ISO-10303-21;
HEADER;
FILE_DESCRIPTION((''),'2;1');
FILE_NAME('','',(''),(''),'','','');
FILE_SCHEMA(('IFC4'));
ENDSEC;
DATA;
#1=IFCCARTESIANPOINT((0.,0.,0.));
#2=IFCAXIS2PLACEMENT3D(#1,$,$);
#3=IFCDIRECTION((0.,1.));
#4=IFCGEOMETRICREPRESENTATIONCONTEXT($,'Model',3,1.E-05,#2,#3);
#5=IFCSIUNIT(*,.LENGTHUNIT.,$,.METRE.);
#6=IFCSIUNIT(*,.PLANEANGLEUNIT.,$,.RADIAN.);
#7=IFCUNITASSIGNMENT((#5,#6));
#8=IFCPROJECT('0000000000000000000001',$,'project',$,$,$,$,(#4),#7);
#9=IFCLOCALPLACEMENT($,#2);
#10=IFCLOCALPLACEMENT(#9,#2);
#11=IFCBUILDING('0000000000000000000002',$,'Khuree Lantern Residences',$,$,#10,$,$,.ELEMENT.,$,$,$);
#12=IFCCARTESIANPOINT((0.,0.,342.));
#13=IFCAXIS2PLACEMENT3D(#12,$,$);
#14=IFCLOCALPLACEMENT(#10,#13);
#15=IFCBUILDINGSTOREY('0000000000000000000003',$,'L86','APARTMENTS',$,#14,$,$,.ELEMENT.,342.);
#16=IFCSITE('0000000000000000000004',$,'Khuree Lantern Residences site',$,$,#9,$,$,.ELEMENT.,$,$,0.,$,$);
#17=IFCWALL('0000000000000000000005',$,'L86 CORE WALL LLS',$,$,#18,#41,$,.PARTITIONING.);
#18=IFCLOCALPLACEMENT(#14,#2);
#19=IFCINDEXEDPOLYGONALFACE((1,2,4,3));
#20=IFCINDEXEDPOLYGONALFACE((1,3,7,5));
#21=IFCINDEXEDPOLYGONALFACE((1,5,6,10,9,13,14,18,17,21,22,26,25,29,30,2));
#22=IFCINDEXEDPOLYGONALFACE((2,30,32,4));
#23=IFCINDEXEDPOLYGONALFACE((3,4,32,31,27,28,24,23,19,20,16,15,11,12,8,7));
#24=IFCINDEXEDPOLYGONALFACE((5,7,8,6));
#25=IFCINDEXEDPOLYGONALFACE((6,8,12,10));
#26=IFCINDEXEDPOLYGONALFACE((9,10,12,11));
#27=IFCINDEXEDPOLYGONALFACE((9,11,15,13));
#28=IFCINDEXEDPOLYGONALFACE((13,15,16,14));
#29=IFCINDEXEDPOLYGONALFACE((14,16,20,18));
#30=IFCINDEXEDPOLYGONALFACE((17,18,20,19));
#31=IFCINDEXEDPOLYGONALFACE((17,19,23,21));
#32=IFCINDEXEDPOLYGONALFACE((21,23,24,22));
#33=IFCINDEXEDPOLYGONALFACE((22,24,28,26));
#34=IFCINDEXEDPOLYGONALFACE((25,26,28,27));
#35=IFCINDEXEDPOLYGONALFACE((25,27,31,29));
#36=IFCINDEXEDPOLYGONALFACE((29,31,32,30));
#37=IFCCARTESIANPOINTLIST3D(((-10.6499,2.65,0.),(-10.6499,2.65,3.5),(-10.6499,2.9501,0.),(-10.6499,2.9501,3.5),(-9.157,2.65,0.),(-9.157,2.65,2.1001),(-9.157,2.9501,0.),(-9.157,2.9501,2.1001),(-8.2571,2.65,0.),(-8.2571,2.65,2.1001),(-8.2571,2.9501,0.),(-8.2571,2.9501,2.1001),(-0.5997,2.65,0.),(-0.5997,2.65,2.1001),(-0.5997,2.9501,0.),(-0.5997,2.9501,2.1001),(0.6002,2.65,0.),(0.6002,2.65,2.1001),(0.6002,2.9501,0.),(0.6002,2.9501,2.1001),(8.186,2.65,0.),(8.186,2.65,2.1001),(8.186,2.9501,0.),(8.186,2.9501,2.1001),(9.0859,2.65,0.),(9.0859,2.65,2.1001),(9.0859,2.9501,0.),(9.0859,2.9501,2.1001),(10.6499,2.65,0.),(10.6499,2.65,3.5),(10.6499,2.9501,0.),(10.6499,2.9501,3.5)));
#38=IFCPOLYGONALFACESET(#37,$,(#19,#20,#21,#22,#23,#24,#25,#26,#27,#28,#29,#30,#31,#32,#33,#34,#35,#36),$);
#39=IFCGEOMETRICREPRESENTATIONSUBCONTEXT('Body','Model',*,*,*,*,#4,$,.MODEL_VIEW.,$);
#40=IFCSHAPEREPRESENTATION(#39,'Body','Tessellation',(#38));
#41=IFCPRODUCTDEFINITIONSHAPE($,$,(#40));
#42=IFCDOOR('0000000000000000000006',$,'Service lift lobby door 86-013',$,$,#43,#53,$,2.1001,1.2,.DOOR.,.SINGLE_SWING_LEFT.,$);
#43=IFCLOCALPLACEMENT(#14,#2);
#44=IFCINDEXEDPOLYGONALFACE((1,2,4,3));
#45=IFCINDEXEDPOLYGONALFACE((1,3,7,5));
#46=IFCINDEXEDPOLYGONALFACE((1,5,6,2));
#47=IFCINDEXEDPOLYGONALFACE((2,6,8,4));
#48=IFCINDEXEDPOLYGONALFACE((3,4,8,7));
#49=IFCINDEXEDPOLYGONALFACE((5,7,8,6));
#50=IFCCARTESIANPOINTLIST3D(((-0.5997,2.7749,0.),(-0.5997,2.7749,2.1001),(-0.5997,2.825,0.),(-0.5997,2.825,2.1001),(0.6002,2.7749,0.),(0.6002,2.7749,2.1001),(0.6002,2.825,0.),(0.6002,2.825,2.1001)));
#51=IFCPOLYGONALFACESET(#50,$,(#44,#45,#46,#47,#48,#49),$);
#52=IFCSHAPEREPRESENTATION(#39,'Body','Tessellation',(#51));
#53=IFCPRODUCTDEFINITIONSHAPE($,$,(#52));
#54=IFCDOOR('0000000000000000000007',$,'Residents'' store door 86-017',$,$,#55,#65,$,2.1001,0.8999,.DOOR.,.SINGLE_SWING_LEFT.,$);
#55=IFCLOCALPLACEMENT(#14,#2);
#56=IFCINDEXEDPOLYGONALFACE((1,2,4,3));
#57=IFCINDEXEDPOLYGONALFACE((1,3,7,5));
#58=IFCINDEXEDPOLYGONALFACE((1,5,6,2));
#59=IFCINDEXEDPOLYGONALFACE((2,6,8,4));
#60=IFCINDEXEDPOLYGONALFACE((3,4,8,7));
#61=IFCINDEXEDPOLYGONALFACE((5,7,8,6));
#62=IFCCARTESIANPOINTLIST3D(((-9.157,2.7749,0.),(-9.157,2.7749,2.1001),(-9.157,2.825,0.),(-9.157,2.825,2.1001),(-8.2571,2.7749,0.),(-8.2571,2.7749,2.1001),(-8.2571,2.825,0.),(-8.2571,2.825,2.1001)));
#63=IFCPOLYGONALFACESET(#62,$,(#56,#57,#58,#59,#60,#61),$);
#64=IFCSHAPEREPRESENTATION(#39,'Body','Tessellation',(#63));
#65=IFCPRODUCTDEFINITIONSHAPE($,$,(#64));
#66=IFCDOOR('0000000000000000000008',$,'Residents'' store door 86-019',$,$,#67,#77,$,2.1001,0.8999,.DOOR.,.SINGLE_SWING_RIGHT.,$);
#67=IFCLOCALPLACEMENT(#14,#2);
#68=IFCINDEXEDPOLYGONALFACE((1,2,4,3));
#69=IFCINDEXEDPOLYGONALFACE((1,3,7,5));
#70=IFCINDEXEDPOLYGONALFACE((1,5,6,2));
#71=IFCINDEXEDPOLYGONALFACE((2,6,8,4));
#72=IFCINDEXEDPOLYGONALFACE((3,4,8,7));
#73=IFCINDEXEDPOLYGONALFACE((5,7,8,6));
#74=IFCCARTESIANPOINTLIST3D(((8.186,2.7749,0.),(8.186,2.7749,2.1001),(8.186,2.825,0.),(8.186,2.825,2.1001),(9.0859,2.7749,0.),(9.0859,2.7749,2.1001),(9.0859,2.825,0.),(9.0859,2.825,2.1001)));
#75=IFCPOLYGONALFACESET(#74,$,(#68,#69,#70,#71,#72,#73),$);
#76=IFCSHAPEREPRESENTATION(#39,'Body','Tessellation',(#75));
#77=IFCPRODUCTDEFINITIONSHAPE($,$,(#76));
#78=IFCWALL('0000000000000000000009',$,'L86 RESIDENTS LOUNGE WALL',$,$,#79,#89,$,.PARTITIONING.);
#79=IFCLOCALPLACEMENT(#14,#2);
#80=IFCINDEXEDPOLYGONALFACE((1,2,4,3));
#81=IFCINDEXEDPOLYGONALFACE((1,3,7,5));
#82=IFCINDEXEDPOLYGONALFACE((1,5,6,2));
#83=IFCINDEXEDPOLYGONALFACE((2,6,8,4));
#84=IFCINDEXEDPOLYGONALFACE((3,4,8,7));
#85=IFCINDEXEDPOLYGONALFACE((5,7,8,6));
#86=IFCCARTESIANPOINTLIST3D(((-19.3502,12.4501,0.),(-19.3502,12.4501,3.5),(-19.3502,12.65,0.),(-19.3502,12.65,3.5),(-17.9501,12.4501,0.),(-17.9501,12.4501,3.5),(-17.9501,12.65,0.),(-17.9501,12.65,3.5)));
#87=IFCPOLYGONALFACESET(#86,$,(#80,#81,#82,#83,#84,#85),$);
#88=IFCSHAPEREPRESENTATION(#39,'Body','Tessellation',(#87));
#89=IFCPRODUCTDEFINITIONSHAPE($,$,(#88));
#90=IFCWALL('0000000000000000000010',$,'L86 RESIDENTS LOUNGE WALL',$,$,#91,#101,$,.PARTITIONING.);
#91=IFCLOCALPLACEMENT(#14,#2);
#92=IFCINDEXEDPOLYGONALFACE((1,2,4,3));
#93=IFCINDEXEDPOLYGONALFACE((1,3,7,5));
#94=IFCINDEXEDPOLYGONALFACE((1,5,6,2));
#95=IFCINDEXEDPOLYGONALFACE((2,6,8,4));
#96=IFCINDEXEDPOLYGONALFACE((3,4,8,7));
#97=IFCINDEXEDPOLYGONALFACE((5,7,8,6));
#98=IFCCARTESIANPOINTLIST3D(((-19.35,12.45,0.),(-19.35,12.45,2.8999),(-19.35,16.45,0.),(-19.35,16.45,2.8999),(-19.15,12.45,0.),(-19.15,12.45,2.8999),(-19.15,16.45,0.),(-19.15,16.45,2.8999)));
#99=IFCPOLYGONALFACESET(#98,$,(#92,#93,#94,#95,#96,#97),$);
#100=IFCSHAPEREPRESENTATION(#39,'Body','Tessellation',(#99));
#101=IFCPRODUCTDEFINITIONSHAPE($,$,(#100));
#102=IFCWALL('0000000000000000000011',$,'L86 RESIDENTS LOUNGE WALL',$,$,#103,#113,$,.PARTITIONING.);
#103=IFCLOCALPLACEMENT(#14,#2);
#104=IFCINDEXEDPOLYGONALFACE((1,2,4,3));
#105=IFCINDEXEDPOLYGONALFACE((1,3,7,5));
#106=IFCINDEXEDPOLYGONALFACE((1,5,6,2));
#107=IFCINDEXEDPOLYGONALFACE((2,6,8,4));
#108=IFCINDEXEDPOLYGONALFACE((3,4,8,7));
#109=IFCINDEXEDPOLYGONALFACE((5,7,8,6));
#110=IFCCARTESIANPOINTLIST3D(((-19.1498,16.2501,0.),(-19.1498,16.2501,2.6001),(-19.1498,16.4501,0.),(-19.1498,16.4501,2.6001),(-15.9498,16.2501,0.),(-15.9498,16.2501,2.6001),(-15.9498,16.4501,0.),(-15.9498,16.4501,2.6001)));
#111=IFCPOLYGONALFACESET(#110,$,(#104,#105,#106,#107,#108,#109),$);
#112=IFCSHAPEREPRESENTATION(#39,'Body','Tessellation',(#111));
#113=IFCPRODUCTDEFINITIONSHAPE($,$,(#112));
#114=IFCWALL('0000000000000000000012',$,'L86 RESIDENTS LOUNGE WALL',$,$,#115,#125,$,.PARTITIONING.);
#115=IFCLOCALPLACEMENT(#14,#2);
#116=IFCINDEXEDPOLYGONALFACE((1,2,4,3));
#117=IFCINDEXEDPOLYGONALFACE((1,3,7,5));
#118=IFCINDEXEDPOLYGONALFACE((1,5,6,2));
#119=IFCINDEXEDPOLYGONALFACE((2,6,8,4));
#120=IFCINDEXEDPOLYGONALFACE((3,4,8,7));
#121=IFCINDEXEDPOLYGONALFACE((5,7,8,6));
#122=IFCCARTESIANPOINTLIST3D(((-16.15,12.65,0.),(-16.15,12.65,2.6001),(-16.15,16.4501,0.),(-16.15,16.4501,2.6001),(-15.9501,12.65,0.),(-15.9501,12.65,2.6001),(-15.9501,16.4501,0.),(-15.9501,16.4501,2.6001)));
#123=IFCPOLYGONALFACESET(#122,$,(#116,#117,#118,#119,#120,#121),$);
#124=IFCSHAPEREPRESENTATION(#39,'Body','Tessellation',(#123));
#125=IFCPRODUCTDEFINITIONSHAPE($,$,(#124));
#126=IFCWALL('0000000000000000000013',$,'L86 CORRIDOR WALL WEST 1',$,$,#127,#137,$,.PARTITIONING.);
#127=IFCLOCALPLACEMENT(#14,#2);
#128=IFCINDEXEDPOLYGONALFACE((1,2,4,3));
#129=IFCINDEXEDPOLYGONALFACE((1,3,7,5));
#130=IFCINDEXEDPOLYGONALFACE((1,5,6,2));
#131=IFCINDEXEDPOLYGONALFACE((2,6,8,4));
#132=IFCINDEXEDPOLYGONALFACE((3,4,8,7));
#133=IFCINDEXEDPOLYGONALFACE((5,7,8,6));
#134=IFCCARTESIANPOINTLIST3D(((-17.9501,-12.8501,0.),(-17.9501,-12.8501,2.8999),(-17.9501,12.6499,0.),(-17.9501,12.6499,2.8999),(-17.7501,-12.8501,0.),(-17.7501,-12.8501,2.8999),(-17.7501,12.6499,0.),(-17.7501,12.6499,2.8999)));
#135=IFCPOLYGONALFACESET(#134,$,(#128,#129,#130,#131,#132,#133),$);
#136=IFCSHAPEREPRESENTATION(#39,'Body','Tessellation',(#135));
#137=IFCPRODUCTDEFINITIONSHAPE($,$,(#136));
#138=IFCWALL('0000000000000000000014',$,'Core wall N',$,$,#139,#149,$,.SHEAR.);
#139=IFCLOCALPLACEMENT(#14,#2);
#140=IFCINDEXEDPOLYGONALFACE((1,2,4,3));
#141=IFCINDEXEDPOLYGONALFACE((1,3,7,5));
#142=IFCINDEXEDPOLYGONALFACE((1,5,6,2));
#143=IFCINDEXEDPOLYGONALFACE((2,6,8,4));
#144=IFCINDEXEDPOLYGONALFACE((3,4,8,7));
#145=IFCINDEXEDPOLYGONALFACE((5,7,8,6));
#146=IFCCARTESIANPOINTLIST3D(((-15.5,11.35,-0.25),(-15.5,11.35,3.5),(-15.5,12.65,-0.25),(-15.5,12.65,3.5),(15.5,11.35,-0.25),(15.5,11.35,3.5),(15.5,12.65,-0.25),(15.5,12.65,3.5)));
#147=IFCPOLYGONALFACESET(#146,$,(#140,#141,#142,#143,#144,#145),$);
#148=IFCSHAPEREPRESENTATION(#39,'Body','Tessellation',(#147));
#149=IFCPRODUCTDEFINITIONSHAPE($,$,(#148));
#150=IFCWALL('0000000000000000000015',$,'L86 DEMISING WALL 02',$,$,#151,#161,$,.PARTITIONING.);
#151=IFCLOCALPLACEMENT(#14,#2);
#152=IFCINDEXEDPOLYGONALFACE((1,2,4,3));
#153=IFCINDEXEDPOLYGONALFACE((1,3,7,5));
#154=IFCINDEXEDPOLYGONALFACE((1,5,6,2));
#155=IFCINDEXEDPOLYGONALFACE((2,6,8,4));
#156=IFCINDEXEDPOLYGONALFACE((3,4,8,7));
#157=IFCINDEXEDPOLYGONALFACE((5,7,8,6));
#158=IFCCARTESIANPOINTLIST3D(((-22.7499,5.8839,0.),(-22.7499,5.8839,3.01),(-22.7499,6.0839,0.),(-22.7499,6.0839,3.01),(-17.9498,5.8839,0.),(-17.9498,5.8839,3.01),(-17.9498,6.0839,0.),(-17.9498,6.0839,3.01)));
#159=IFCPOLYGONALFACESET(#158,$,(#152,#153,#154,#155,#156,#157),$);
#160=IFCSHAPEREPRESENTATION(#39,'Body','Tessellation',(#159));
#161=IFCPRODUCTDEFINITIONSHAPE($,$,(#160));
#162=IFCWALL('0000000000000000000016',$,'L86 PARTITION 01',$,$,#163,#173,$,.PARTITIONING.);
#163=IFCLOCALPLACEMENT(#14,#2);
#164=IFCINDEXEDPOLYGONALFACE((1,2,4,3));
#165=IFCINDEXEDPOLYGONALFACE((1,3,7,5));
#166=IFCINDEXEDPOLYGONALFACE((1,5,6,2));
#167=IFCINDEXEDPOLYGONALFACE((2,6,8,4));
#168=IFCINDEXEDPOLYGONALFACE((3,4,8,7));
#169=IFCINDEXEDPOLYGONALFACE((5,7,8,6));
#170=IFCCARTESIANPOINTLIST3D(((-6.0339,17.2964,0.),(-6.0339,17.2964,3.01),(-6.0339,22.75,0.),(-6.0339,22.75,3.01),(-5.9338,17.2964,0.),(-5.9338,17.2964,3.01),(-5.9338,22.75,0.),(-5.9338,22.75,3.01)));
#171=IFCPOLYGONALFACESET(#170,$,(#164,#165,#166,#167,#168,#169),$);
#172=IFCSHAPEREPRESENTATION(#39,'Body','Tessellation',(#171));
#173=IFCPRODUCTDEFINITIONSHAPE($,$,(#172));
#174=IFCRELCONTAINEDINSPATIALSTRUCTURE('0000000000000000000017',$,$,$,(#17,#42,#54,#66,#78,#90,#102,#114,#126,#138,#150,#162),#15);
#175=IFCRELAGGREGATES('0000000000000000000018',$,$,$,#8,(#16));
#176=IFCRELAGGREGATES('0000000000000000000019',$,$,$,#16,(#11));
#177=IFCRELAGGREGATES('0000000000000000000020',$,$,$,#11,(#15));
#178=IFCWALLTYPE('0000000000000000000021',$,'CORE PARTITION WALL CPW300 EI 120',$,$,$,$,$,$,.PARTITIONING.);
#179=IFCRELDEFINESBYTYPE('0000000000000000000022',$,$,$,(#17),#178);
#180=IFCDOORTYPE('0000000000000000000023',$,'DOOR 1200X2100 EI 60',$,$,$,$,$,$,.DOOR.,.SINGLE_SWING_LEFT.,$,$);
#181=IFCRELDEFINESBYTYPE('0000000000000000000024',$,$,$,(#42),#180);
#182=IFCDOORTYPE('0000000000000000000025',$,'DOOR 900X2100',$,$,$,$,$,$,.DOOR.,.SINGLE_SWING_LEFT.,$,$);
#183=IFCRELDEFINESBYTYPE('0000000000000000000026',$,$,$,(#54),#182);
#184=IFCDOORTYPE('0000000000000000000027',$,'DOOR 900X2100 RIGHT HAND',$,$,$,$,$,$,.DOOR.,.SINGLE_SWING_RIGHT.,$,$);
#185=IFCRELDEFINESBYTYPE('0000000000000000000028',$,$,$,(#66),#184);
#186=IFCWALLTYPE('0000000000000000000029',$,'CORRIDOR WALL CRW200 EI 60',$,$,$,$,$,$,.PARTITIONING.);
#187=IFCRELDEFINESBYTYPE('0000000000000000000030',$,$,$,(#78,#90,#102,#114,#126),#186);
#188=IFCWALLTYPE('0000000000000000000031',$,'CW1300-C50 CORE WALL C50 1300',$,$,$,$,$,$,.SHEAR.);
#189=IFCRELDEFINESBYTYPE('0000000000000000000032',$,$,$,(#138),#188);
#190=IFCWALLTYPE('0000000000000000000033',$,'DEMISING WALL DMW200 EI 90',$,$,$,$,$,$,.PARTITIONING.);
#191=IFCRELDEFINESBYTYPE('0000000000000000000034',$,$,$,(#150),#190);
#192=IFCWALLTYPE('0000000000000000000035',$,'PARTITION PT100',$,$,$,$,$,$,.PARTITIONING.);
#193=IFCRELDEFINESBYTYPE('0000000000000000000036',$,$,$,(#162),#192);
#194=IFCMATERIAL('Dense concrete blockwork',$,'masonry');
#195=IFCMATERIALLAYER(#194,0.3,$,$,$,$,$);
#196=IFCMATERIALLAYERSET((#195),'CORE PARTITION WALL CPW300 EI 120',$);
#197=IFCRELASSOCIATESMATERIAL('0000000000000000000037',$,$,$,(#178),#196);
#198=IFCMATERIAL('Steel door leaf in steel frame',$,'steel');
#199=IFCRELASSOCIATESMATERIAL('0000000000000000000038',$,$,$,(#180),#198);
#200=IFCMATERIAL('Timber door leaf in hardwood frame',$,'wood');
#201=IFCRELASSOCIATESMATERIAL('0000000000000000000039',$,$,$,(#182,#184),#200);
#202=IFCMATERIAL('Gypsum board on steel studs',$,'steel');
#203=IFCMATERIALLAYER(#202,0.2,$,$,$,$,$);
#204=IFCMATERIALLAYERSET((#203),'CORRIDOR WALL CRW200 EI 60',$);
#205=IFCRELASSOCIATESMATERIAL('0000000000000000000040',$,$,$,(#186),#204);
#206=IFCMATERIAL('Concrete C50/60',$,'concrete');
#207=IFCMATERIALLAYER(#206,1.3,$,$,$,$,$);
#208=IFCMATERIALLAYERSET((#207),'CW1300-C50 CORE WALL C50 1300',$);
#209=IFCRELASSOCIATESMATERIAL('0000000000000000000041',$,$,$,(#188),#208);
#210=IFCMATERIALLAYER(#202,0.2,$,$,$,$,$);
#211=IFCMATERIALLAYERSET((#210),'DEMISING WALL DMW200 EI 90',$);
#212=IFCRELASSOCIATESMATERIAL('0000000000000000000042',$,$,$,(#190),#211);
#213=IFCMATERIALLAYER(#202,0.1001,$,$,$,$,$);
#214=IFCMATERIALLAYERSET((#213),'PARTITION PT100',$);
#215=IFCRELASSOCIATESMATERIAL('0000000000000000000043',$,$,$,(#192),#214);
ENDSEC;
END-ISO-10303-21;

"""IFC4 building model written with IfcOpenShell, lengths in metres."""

from ifc_helpers import new_model, si_unit, direction, frame, frame_2d, origin, place, context, subcontext, project, spatial, rectangle, extrude, material, layer, layer_set, type_object, element, fill, save


model = new_model("IFC4")

# Units and contexts
model_context = context("Model", 3, precision=1e-05, world=origin(), true_north=direction((0.0, 1.0)))
body_context = subcontext(model_context, "Body", "Model", "MODEL_VIEW")
ifc_project = project(units=[si_unit("LENGTHUNIT", "METRE"), si_unit("PLANEANGLEUNIT", "RADIAN")], contexts=[model_context])

# Site, building, storey
site_placement = place(None, origin())
site = spatial("IfcSite", under=ifc_project, at=site_placement, Name="Khuree Lantern Residences site", CompositionType="ELEMENT", RefElevation=0.0)
building_placement = place(site_placement, origin())
building = spatial("IfcBuilding", under=site, at=building_placement, Name="Khuree Lantern Residences", CompositionType="ELEMENT")
storey_placement = place(building_placement, frame((0.0, 0.0, 342.0)))
storey = spatial("IfcBuildingStorey", under=building, at=storey_placement, Name="L86", Description="APARTMENTS", CompositionType="ELEMENT", Elevation=342.0)

# Shared definitions
ifc_material_1 = material(Name="Concrete C50/60", Category="concrete")

# Shared definitions
ifc_material_2 = material(Name="Dense concrete blockwork", Category="masonry")
ifc_layer_1 = layer(ifc_material_2, 0.3)
ifc_layer_set_1 = layer_set([ifc_layer_1], Name="CORE PARTITION WALL CPW300 EI 120")
wall_type_1 = type_object("IfcWallType", Name="CORE PARTITION WALL CPW300 EI 120", PredefinedType="PARTITIONING", material=ifc_layer_set_1)

# Wall, openings, doors
wall_1_placement = place(storey_placement, frame((-10.6499, 2.8, 0.0), z_axis=(0.0, 0.0, 1.0), x_axis=(1.0, 0.0, 0.0)))
wall_1 = element("IfcWall", 1, at=wall_1_placement, inside=storey, type_object=wall_type_1, Name="L86 CORE WALL LLS", PredefinedType="PARTITIONING", context=body_context, shape_type="SweptSolid", body=[
    extrude(rectangle(XDim=21.2998, YDim=0.3, at=frame_2d((10.6499, 0.0))), origin(), (0.0, 0.0, 1.0), 3.5),
])
opening_1_placement = place(wall_1_placement, frame((10.05, 0.0, 0.0)))
opening_1 = element("IfcOpeningElement", 2, at=opening_1_placement, cuts=wall_1, PredefinedType="OPENING", context=body_context, shape_type="SweptSolid", body=[
    extrude(rectangle(XDim=1.2, YDim=2.1001, at=frame_2d((0.6001, 1.05))), frame((0.0, 0.1602, 0.0), z_axis=(0.0, -1.0, 0.0), x_axis=(1.0, 0.0, 0.0)), (0.0, 0.0, 1.0), 0.3201),
])
opening_2_placement = place(wall_1_placement, frame((1.4929, 0.0, 0.0)))
opening_2 = element("IfcOpeningElement", 3, at=opening_2_placement, cuts=wall_1, PredefinedType="OPENING", context=body_context, shape_type="SweptSolid", body=[
    extrude(rectangle(XDim=0.8999, YDim=2.1001, at=frame_2d((0.45, 1.05))), frame((0.0, 0.1602, 0.0), z_axis=(0.0, -1.0, 0.0), x_axis=(1.0, 0.0, 0.0)), (0.0, 0.0, 1.0), 0.3201),
])
opening_3_placement = place(wall_1_placement, frame((18.8359, 0.0, 0.0)))
opening_3 = element("IfcOpeningElement", 4, at=opening_3_placement, cuts=wall_1, PredefinedType="OPENING", context=body_context, shape_type="SweptSolid", body=[
    extrude(rectangle(XDim=0.8999, YDim=2.1001, at=frame_2d((0.45, 1.05))), frame((0.0, 0.1602, 0.0), z_axis=(0.0, -1.0, 0.0), x_axis=(1.0, 0.0, 0.0)), (0.0, 0.0, 1.0), 0.3201),
])
ifc_material_3 = material(Name="Steel door leaf in steel frame", Category="steel")
door_type_1 = type_object("IfcDoorType", Name="DOOR 1200X2100 EI 60", OperationType="SINGLE_SWING_LEFT", PredefinedType="DOOR", material=ifc_material_3)
door_1_placement = place(opening_1_placement, origin())
door_1 = element("IfcDoor", 5, at=door_1_placement, inside=storey, type_object=door_type_1, Name="Service lift lobby door 86-013", OperationType="SINGLE_SWING_LEFT", OverallHeight=2.1001, OverallWidth=1.2, PredefinedType="DOOR", context=body_context, shape_type="SweptSolid", body=[
    extrude(rectangle(XDim=1.2, YDim=2.1001, at=frame_2d((0.6001, 1.05))), frame((0.0, 0.0249, 0.0), z_axis=(0.0, -1.0, 0.0), x_axis=(1.0, 0.0, 0.0)), (0.0, 0.0, 1.0), 0.05),
])
fill(opening_1, door_1)
ifc_material_4 = material(Name="Timber door leaf in hardwood frame", Category="wood")
door_type_2 = type_object("IfcDoorType", Name="DOOR 900X2100", OperationType="SINGLE_SWING_LEFT", PredefinedType="DOOR", material=ifc_material_4)
door_2_placement = place(opening_2_placement, origin())
door_2 = element("IfcDoor", 6, at=door_2_placement, inside=storey, type_object=door_type_2, Name="Residents' store door 86-017", OperationType="SINGLE_SWING_LEFT", OverallHeight=2.1001, OverallWidth=0.8999, PredefinedType="DOOR", context=body_context, shape_type="SweptSolid", body=[
    extrude(rectangle(XDim=0.8999, YDim=2.1001, at=frame_2d((0.45, 1.05))), frame((0.0, 0.0249, 0.0), z_axis=(0.0, -1.0, 0.0), x_axis=(1.0, 0.0, 0.0)), (0.0, 0.0, 1.0), 0.05),
])
fill(opening_2, door_2)
door_type_3 = type_object("IfcDoorType", Name="DOOR 900X2100 RIGHT HAND", OperationType="SINGLE_SWING_RIGHT", PredefinedType="DOOR", material=ifc_material_4)
door_3_placement = place(opening_3_placement, origin())
door_3 = element("IfcDoor", 7, at=door_3_placement, inside=storey, type_object=door_type_3, Name="Residents' store door 86-019", OperationType="SINGLE_SWING_RIGHT", OverallHeight=2.1001, OverallWidth=0.8999, PredefinedType="DOOR", context=body_context, shape_type="SweptSolid", body=[
    extrude(rectangle(XDim=0.8999, YDim=2.1001, at=frame_2d((0.45, 1.05))), frame((0.0, 0.0249, 0.0), z_axis=(0.0, -1.0, 0.0), x_axis=(1.0, 0.0, 0.0)), (0.0, 0.0, 1.0), 0.05),
])
fill(opening_3, door_3)

# Walls
ifc_material_5 = material(Name="Gypsum board on steel studs", Category="steel")
ifc_layer_2 = layer(ifc_material_5, 0.2)
ifc_layer_set_2 = layer_set([ifc_layer_2], Name="CORRIDOR WALL CRW200 EI 60")
wall_type_2 = type_object("IfcWallType", Name="CORRIDOR WALL CRW200 EI 60", PredefinedType="PARTITIONING", material=ifc_layer_set_2)
wall_2_placement = place(storey_placement, frame((-17.95, 12.55, 0.0), z_axis=(0.0, 0.0, 1.0), x_axis=(-1.0, 0.0, 0.0)))
element("IfcWall", 8, at=wall_2_placement, inside=storey, type_object=wall_type_2, Name="L86 RESIDENTS LOUNGE WALL", PredefinedType="PARTITIONING", context=body_context, shape_type="SweptSolid", body=[
    extrude(rectangle(XDim=1.4001, YDim=0.2, at=frame_2d((0.7002, 0.0))), origin(), (0.0, 0.0, 1.0), 3.5),
])
wall_3_placement = place(storey_placement, frame((-19.25, 12.45, 0.0), z_axis=(0.0, 0.0, 1.0), x_axis=(0.0, 1.0, 0.0)))
element("IfcWall", 9, at=wall_3_placement, inside=storey, type_object=wall_type_2, Name="L86 RESIDENTS LOUNGE WALL", PredefinedType="PARTITIONING", context=body_context, shape_type="SweptSolid", body=[
    extrude(rectangle(XDim=4.0, YDim=0.2, at=frame_2d((2.0, 0.0))), origin(), (0.0, 0.0, 1.0), 2.8999),
])
wall_4_placement = place(storey_placement, frame((-19.1499, 16.3501, 0.0), z_axis=(0.0, 0.0, 1.0), x_axis=(1.0, 0.0, 0.0)))
element("IfcWall", 10, at=wall_4_placement, inside=storey, type_object=wall_type_2, Name="L86 RESIDENTS LOUNGE WALL", PredefinedType="PARTITIONING", context=body_context, shape_type="SweptSolid", body=[
    extrude(rectangle(XDim=3.2, YDim=0.2, at=frame_2d((1.6001, 0.0))), origin(), (0.0, 0.0, 1.0), 2.6001),
])
wall_5_placement = place(storey_placement, frame((-16.05, 16.45, 0.0), z_axis=(0.0, 0.0, 1.0), x_axis=(0.0, -1.0, 0.0)))
element("IfcWall", 11, at=wall_5_placement, inside=storey, type_object=wall_type_2, Name="L86 RESIDENTS LOUNGE WALL", PredefinedType="PARTITIONING", context=body_context, shape_type="SweptSolid", body=[
    extrude(rectangle(XDim=3.8, YDim=0.2, at=frame_2d((1.8999, 0.0))), origin(), (0.0, 0.0, 1.0), 2.6001),
])
wall_6_placement = place(storey_placement, frame((-17.8501, 12.6499, 0.0), z_axis=(0.0, 0.0, 1.0), x_axis=(0.0, -1.0, 0.0)))
element("IfcWall", 12, at=wall_6_placement, inside=storey, type_object=wall_type_2, Name="L86 CORRIDOR WALL WEST 1", PredefinedType="PARTITIONING", context=body_context, shape_type="SweptSolid", body=[
    extrude(rectangle(XDim=25.5, YDim=0.2, at=frame_2d((12.75, 0.0))), origin(), (0.0, 0.0, 1.0), 2.8999),
])
ifc_layer_3 = layer(ifc_material_1, 1.3)
ifc_layer_set_3 = layer_set([ifc_layer_3], Name="CW1300-C50 CORE WALL C50 1300")
wall_type_3 = type_object("IfcWallType", Name="CW1300-C50 CORE WALL C50 1300", PredefinedType="SHEAR", material=ifc_layer_set_3)
wall_7_placement = place(storey_placement, frame((-15.5, 12.0, -0.25), z_axis=(0.0, 0.0, 1.0), x_axis=(1.0, 0.0, 0.0)))
element("IfcWall", 13, at=wall_7_placement, inside=storey, type_object=wall_type_3, Name="Core wall N", PredefinedType="SHEAR", context=body_context, shape_type="SweptSolid", body=[
    extrude(rectangle(XDim=31.0, YDim=1.3, at=frame_2d((15.5, 0.0))), origin(), (0.0, 0.0, 1.0), 3.75),
])
ifc_layer_4 = layer(ifc_material_5, 0.2)
ifc_layer_set_4 = layer_set([ifc_layer_4], Name="DEMISING WALL DMW200 EI 90")
wall_type_4 = type_object("IfcWallType", Name="DEMISING WALL DMW200 EI 90", PredefinedType="PARTITIONING", material=ifc_layer_set_4)
wall_8_placement = place(storey_placement, frame((-17.95, 5.9839, 0.0), z_axis=(0.0, 0.0, 1.0), x_axis=(-1.0, 0.0, 0.0)))
element("IfcWall", 14, at=wall_8_placement, inside=storey, type_object=wall_type_4, Name="L86 DEMISING WALL 02", PredefinedType="PARTITIONING", context=body_context, shape_type="SweptSolid", body=[
    extrude(rectangle(XDim=4.8, YDim=0.2, at=frame_2d((2.3999, 0.0))), origin(), (0.0, 0.0, 1.0), 3.01),
])
ifc_layer_5 = layer(ifc_material_5, 0.1001)
ifc_layer_set_5 = layer_set([ifc_layer_5], Name="PARTITION PT100")
wall_type_5 = type_object("IfcWallType", Name="PARTITION PT100", PredefinedType="PARTITIONING", material=ifc_layer_set_5)
wall_9_placement = place(storey_placement, frame((-5.9839, 17.2964, 0.0), z_axis=(0.0, 0.0, 1.0), x_axis=(0.0, 1.0, 0.0)))
element("IfcWall", 15, at=wall_9_placement, inside=storey, type_object=wall_type_5, Name="L86 PARTITION 01", PredefinedType="PARTITIONING", context=body_context, shape_type="SweptSolid", body=[
    extrude(rectangle(XDim=5.4536, YDim=0.1001, at=frame_2d((2.7268, 0.0))), origin(), (0.0, 0.0, 1.0), 3.01),
])

save(model, "model.ifc")
